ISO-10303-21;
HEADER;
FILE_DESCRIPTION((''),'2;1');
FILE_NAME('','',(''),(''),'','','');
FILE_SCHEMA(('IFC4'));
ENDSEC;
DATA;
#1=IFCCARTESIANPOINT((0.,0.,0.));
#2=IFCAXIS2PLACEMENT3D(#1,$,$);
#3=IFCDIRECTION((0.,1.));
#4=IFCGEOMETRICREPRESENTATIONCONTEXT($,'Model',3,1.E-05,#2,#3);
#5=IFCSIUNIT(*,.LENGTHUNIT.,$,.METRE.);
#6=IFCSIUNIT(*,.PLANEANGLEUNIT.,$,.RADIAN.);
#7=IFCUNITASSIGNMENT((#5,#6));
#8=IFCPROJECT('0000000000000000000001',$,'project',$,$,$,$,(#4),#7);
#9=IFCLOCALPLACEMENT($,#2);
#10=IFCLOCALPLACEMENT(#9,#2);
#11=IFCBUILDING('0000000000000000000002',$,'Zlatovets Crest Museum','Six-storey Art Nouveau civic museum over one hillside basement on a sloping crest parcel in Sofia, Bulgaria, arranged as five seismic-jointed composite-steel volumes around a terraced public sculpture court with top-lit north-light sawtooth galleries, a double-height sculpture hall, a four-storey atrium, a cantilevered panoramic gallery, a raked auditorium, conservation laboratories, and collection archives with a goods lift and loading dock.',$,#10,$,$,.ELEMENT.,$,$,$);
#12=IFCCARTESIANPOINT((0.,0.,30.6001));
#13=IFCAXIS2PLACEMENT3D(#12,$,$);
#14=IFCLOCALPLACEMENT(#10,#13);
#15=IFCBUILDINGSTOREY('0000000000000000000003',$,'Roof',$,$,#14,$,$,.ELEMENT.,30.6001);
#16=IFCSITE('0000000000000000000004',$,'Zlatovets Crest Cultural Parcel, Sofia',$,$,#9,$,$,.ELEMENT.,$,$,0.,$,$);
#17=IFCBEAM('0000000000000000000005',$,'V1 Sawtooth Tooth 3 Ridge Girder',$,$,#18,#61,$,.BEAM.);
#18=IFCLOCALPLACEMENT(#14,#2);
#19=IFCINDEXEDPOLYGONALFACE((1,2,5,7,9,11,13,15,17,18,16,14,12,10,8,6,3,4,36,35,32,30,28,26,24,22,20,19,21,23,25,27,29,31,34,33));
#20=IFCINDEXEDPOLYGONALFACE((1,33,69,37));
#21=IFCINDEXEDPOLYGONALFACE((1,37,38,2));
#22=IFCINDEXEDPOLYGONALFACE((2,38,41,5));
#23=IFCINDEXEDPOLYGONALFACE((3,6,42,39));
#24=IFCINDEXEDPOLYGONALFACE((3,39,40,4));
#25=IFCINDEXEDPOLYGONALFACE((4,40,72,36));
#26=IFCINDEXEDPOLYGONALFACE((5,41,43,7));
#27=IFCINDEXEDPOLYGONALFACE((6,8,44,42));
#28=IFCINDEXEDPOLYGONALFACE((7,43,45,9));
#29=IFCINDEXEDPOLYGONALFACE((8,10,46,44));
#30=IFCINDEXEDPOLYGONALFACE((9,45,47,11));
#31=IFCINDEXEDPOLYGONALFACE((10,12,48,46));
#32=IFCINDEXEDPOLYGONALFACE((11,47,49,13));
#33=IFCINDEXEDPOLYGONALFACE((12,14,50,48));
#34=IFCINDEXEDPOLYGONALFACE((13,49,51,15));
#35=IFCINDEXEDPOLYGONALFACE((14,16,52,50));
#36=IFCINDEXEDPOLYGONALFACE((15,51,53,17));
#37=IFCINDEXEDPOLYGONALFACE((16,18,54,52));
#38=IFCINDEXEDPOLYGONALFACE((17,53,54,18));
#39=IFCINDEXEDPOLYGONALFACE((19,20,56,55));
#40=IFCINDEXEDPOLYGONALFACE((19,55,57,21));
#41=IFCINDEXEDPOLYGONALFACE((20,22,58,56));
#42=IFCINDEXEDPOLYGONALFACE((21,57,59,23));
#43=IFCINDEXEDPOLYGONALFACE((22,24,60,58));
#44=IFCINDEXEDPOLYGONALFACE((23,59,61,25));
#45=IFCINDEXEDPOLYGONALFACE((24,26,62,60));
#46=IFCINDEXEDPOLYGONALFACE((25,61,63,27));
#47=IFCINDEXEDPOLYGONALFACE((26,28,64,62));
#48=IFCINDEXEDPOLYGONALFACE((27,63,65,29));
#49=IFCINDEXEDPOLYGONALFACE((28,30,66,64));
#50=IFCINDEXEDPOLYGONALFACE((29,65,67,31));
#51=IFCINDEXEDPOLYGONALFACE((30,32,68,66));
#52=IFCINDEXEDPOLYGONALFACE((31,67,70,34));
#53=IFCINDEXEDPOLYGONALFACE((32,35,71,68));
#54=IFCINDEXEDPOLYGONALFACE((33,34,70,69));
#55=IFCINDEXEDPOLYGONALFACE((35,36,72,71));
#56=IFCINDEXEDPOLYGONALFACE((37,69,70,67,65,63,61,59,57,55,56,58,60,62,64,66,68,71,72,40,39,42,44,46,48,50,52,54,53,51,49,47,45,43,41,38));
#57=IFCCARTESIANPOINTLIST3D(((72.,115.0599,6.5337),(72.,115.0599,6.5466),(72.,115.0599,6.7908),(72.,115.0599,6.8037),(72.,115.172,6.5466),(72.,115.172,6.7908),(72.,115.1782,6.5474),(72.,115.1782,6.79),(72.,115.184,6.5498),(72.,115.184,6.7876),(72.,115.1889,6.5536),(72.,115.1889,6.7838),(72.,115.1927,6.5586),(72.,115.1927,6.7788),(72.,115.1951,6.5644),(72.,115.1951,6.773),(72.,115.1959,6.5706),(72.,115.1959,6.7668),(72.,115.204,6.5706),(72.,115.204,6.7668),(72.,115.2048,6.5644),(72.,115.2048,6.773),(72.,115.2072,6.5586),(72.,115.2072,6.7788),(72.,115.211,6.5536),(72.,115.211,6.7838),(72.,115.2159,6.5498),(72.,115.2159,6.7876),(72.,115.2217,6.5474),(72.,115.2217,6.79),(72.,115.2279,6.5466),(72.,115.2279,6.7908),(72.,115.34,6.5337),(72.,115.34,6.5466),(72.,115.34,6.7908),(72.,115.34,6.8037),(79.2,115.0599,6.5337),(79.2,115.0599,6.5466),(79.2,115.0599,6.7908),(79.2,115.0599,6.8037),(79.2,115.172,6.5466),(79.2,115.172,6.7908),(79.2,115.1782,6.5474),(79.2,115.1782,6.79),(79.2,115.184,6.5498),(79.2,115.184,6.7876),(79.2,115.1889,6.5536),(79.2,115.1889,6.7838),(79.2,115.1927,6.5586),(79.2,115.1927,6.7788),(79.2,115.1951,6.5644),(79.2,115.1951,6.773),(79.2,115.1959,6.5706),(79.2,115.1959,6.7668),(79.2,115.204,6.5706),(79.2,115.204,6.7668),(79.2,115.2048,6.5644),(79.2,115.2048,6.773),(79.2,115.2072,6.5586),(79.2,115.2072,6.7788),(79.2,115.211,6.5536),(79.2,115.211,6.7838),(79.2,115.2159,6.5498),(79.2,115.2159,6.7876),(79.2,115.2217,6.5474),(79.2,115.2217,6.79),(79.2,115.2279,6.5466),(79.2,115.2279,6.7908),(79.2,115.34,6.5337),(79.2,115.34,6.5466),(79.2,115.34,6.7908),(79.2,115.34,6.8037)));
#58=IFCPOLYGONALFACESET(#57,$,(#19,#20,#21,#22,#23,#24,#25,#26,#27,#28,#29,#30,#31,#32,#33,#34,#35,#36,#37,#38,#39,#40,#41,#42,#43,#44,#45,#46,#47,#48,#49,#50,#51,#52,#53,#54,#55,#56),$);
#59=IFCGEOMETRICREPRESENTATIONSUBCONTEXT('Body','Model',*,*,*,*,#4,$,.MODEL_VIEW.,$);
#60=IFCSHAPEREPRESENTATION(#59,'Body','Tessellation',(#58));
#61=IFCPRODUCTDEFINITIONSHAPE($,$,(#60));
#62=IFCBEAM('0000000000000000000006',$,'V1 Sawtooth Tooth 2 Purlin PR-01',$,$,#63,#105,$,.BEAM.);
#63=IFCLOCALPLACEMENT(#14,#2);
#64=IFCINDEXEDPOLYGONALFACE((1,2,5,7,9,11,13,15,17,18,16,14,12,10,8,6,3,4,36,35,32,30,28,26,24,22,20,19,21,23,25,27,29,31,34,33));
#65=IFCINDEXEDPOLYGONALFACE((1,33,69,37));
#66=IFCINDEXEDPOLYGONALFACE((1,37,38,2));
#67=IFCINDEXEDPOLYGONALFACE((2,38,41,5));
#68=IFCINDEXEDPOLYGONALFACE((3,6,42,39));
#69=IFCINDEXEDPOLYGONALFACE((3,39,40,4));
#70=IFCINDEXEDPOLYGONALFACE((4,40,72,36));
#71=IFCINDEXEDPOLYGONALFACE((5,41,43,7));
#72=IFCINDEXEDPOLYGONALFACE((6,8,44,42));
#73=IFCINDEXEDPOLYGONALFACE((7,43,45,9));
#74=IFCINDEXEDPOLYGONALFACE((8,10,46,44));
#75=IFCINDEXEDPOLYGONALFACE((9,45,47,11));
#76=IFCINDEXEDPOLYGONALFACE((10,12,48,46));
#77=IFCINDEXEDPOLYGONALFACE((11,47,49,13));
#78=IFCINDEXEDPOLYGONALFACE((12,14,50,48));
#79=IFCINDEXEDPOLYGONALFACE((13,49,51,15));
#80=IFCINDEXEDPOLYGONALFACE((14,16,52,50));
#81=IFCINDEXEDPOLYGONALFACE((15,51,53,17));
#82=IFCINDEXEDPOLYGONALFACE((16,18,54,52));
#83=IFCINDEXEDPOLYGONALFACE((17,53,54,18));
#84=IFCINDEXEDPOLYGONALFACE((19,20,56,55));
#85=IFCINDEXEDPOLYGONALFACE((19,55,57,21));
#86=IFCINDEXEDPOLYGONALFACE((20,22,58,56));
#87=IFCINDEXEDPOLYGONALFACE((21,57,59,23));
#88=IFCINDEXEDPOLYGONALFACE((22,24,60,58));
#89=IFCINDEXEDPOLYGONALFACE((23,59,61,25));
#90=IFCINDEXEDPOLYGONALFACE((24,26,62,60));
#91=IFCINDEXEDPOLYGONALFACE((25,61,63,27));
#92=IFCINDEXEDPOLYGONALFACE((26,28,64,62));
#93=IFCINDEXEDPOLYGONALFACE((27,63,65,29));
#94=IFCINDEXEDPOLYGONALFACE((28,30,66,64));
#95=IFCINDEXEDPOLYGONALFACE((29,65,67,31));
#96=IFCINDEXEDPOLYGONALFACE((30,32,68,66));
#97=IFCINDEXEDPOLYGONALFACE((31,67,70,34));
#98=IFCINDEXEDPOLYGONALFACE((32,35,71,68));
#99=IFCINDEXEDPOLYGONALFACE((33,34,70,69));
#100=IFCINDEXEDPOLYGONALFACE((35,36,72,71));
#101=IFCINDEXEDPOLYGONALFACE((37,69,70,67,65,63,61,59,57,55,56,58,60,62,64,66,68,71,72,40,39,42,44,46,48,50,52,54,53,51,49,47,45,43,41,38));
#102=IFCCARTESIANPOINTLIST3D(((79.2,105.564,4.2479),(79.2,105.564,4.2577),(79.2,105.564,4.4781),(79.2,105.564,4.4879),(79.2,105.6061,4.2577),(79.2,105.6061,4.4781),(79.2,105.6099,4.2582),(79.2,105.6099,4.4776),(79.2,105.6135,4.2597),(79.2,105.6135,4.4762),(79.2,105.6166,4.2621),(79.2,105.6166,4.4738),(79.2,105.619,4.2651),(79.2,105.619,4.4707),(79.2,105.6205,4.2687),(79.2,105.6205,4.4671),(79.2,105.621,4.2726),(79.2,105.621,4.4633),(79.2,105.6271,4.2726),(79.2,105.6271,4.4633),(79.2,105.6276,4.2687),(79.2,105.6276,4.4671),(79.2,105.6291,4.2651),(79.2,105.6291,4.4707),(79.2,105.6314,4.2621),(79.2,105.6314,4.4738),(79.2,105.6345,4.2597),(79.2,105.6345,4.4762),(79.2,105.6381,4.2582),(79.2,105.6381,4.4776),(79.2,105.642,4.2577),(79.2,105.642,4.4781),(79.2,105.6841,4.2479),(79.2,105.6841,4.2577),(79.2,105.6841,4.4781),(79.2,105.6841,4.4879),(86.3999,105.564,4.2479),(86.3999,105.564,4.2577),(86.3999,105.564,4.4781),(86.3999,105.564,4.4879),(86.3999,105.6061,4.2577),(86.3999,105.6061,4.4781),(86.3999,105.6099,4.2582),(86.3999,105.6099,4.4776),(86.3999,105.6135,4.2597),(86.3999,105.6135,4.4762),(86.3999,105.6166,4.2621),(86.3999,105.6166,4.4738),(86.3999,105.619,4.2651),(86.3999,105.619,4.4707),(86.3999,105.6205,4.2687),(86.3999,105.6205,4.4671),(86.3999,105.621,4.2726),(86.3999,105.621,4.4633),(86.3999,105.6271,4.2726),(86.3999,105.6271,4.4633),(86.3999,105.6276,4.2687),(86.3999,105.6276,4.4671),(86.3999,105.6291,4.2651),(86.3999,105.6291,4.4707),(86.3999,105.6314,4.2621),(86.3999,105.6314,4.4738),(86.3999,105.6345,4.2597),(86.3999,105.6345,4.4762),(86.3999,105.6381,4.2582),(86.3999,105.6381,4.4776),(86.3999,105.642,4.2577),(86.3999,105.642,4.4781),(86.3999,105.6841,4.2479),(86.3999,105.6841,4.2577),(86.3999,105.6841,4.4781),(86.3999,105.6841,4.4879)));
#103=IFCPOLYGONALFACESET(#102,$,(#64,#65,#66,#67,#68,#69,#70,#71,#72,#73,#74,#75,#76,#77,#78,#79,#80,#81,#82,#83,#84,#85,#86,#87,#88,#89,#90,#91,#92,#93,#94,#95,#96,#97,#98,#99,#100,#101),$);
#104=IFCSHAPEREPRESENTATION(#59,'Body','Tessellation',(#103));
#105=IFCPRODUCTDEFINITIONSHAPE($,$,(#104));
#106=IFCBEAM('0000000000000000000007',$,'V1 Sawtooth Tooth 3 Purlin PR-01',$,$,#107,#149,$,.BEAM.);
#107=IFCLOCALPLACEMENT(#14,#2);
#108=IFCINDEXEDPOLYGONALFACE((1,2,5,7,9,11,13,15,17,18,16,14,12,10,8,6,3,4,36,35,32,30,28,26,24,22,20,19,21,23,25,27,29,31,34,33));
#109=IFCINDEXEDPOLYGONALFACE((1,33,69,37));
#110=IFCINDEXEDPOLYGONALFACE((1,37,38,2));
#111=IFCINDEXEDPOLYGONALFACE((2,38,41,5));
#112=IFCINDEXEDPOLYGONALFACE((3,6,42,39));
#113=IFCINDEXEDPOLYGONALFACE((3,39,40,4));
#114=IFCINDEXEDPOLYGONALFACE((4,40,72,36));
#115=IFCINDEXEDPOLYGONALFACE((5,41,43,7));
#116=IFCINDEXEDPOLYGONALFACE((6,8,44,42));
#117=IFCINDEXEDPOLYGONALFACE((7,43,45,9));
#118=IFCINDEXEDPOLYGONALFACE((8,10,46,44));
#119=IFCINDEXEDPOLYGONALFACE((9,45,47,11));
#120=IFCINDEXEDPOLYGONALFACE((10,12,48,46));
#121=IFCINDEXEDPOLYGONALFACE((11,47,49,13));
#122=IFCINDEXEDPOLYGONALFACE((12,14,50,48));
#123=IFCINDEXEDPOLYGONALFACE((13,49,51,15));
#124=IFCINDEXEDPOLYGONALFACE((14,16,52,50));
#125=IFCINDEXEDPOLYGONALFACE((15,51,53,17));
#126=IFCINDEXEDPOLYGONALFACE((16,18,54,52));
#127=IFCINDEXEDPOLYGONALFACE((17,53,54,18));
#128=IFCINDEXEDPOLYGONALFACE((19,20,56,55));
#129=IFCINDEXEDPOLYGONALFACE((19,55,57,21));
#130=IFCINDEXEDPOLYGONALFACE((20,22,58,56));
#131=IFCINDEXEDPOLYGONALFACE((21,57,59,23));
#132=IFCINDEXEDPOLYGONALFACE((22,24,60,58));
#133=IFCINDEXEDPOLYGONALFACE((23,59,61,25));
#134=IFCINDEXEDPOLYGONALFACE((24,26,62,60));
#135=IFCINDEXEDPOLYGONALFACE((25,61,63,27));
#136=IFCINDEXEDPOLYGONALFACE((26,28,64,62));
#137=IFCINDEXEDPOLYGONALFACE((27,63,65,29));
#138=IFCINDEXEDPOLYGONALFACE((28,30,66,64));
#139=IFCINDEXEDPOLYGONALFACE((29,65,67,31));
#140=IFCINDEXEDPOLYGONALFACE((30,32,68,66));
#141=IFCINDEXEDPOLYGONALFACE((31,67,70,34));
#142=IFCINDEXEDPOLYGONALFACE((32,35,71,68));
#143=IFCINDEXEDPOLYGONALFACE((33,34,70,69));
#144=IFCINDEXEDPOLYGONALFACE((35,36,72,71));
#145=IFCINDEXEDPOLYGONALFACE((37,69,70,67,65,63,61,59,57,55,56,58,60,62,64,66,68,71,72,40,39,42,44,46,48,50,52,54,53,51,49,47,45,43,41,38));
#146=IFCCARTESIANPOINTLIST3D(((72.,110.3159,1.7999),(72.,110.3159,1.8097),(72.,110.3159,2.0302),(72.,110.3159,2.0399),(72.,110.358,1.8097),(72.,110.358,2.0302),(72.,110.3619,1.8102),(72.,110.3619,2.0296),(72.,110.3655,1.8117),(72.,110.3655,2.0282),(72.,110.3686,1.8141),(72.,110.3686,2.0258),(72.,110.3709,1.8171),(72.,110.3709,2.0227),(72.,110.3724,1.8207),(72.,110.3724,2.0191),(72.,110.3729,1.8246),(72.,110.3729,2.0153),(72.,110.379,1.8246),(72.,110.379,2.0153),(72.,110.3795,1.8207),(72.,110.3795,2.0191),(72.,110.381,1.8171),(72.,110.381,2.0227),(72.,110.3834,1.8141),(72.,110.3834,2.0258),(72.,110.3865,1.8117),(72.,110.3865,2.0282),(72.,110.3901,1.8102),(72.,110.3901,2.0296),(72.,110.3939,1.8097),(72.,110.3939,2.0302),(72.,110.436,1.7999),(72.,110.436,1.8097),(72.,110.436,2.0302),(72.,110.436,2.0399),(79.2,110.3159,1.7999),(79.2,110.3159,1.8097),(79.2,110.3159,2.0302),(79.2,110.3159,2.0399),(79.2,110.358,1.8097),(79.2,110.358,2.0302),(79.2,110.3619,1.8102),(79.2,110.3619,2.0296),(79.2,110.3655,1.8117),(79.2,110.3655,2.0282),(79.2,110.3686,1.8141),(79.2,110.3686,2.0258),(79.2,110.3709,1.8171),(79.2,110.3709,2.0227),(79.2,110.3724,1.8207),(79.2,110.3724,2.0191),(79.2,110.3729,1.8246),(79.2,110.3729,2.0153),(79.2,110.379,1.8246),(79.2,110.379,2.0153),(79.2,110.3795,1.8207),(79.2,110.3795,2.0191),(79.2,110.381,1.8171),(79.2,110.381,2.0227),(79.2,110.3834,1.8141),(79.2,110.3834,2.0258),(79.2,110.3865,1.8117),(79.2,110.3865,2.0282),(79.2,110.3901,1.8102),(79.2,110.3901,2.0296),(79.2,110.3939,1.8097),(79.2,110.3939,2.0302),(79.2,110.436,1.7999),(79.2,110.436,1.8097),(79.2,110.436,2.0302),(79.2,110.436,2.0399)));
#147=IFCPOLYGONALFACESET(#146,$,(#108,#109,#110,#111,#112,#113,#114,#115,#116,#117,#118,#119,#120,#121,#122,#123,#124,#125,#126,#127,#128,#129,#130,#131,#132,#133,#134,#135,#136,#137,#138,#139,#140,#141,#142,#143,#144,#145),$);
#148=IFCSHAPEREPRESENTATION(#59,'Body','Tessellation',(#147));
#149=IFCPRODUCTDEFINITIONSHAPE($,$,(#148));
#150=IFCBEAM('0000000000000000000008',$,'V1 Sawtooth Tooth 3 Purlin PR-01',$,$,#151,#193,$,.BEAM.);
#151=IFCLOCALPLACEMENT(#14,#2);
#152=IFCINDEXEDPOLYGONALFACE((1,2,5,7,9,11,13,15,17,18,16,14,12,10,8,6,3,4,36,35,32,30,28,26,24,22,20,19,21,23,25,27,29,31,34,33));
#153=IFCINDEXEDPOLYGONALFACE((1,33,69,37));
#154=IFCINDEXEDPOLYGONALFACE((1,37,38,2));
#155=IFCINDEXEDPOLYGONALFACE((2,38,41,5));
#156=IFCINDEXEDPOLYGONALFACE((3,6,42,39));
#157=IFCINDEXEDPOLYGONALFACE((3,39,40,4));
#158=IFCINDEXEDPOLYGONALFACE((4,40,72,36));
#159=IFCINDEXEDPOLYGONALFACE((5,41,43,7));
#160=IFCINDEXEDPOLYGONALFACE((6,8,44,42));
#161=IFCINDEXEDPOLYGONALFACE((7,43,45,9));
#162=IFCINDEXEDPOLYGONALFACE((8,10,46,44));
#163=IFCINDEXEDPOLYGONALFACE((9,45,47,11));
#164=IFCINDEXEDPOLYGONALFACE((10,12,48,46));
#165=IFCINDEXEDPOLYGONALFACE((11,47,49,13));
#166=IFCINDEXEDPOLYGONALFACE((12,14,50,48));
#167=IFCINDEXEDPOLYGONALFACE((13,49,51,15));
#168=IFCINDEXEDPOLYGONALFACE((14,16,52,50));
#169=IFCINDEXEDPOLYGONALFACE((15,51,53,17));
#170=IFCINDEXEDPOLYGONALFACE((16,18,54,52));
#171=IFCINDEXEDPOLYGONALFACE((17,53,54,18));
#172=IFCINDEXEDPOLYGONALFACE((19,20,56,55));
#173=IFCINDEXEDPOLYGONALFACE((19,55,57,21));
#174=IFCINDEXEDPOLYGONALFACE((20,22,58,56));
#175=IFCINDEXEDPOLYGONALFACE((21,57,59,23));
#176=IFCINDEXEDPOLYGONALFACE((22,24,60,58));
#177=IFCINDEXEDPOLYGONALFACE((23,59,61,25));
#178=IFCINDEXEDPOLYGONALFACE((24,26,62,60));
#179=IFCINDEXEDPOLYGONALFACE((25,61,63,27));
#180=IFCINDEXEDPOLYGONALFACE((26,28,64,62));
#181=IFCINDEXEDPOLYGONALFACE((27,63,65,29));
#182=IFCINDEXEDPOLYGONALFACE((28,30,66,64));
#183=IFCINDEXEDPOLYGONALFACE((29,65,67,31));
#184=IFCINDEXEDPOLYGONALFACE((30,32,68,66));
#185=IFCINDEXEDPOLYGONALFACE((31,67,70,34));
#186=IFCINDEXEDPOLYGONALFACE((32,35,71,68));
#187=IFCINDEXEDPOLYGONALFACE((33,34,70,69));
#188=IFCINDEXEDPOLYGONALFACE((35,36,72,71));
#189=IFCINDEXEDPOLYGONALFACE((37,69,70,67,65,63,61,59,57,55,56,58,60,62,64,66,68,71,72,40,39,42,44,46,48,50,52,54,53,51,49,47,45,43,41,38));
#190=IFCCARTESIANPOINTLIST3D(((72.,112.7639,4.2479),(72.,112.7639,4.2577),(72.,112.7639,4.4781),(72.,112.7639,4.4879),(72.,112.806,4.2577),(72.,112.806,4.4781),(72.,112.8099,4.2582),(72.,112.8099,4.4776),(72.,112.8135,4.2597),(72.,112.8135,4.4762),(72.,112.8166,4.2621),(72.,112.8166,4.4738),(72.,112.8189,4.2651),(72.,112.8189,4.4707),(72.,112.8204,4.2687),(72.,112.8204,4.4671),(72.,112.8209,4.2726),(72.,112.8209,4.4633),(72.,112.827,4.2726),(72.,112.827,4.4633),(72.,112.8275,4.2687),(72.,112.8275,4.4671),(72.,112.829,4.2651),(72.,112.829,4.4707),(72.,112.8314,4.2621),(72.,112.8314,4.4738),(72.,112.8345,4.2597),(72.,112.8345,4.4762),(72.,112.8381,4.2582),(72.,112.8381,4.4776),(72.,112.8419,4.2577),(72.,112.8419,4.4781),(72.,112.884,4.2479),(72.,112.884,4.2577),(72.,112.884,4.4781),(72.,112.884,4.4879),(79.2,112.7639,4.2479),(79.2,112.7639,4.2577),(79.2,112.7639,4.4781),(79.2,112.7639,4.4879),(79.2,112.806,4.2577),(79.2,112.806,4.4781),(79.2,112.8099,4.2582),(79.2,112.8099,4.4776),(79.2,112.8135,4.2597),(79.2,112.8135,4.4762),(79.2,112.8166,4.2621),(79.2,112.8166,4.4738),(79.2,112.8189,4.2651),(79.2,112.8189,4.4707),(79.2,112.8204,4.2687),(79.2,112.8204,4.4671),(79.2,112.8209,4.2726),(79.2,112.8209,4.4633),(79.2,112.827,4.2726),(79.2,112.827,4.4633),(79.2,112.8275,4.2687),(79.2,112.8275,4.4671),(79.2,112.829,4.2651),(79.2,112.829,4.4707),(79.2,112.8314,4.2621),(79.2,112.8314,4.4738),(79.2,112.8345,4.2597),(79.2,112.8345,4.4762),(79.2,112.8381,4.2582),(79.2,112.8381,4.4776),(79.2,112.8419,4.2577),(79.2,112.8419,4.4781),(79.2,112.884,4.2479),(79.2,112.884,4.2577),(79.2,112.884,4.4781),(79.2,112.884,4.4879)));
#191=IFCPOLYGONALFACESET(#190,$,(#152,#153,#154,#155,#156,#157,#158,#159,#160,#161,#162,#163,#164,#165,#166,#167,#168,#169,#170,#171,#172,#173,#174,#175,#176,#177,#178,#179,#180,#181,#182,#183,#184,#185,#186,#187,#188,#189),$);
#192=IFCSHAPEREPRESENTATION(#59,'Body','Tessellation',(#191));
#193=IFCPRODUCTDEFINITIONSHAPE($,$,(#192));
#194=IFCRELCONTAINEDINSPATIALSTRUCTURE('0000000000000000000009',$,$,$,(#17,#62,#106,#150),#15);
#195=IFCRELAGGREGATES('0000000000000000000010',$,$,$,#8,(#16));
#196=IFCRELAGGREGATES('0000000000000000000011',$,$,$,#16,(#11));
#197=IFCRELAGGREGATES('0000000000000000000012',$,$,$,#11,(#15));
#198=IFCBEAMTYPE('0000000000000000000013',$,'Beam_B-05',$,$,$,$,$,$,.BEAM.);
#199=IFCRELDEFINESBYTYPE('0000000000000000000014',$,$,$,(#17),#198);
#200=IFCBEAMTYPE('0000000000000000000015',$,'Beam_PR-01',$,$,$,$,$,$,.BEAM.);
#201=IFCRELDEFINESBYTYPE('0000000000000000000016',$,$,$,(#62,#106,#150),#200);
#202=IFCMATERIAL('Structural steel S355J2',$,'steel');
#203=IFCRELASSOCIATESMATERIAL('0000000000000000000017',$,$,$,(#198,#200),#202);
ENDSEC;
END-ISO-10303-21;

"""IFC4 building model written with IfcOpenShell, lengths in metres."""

from ifc_helpers import new_model, si_unit, direction, frame, origin, origin_2d, place, context, subcontext, project, spatial, i_section, extrude, material, material_profile, profile_set, type_object, element, save


model = new_model("IFC4")

# Units and contexts
model_context = context("Model", 3, precision=1e-05, world=origin(), true_north=direction((0.0, 1.0)))
body_context = subcontext(model_context, "Body", "Model", "MODEL_VIEW")
ifc_project = project(units=[si_unit("LENGTHUNIT", "METRE"), si_unit("PLANEANGLEUNIT", "RADIAN")], contexts=[model_context])

# Site, building, storey
site_placement = place(None, origin())
site = spatial("IfcSite", under=ifc_project, at=site_placement, Name="Zlatovets Crest Cultural Parcel, Sofia", CompositionType="ELEMENT", RefElevation=0.0)
building_placement = place(site_placement, origin())
building = spatial("IfcBuilding", under=site, at=building_placement, Name="Zlatovets Crest Museum", Description="Six-storey Art Nouveau civic museum over one hillside basement on a sloping crest parcel in Sofia, Bulgaria, arranged as five seismic-jointed composite-steel volumes around a terraced public sculpture court with top-lit north-light sawtooth galleries, a double-height sculpture hall, a four-storey atrium, a cantilevered panoramic gallery, a raked auditorium, conservation laboratories, and collection archives with a goods lift and loading dock.", CompositionType="ELEMENT")
storey_placement = place(building_placement, frame((0.0, 0.0, 30.6001)))
storey = spatial("IfcBuildingStorey", under=building, at=storey_placement, Name="Roof", CompositionType="ELEMENT", Elevation=30.6001)

# Beams
ifc_material_1 = material(Name="Structural steel S355J2", Category="steel")
ifc_material_profile_1 = material_profile(ifc_material_1, i_section(OverallWidth=0.28, OverallDepth=0.27, WebThickness=0.0081, FlangeThickness=0.0129, FilletRadius=0.0239, at=origin_2d()), Name="HEA 280")
ifc_profile_set_1 = profile_set([ifc_material_profile_1], Name="Structural steel S355J2")
beam_type_1 = type_object("IfcBeamType", Name="Beam_B-05", PredefinedType="BEAM", material=ifc_profile_set_1)
for number, where, z_axis, x_axis, name in (
    (1, (72.0, 115.2, 6.6687), (1.0, 0.0, 0.0), (0.0, 1.0, 0.0), "V1 Sawtooth Tooth 3 Ridge Girder"),
):
    element("IfcBeam", number, at=place(storey_placement, frame(where, z_axis=z_axis, x_axis=x_axis)), inside=storey, type_object=beam_type_1, Name=name, PredefinedType="BEAM", context=body_context, shape_type="SweptSolid", body=[
        extrude(i_section(OverallWidth=0.28, OverallDepth=0.27, WebThickness=0.0081, FlangeThickness=0.0129, FilletRadius=0.0239, at=origin_2d()), origin(), (0.0, 0.0, 1.0), 7.2),
    ])
ifc_material_profile_2 = material_profile(ifc_material_1, i_section(OverallWidth=0.1201, OverallDepth=0.24, WebThickness=0.0061, FlangeThickness=0.0098, FilletRadius=0.0149, at=origin_2d()), Name="IPE 240")
ifc_profile_set_2 = profile_set([ifc_material_profile_2], Name="Structural steel S355J2")
beam_type_2 = type_object("IfcBeamType", Name="Beam_PR-01", PredefinedType="BEAM", material=ifc_profile_set_2)
for number, where, z_axis, x_axis, name in (
    (2, (79.2, 105.624, 4.3679), (1.0, 0.0, 0.0), (0.0, 1.0, 0.0), "V1 Sawtooth Tooth 2 Purlin PR-01"),
    (3, (72.0, 110.376, 1.9199), (1.0, 0.0, 0.0), (0.0, 1.0, 0.0), "V1 Sawtooth Tooth 3 Purlin PR-01"),
    (4, (72.0, 112.824, 4.3679), (1.0, 0.0, 0.0), (0.0, 1.0, 0.0), "V1 Sawtooth Tooth 3 Purlin PR-01"),
):
    element("IfcBeam", number, at=place(storey_placement, frame(where, z_axis=z_axis, x_axis=x_axis)), inside=storey, type_object=beam_type_2, Name=name, PredefinedType="BEAM", context=body_context, shape_type="SweptSolid", body=[
        extrude(i_section(OverallWidth=0.1201, OverallDepth=0.24, WebThickness=0.0061, FlangeThickness=0.0098, FilletRadius=0.0149, at=origin_2d()), origin(), (0.0, 0.0, 1.0), 7.2),
    ])

save(model, "model.ifc")
